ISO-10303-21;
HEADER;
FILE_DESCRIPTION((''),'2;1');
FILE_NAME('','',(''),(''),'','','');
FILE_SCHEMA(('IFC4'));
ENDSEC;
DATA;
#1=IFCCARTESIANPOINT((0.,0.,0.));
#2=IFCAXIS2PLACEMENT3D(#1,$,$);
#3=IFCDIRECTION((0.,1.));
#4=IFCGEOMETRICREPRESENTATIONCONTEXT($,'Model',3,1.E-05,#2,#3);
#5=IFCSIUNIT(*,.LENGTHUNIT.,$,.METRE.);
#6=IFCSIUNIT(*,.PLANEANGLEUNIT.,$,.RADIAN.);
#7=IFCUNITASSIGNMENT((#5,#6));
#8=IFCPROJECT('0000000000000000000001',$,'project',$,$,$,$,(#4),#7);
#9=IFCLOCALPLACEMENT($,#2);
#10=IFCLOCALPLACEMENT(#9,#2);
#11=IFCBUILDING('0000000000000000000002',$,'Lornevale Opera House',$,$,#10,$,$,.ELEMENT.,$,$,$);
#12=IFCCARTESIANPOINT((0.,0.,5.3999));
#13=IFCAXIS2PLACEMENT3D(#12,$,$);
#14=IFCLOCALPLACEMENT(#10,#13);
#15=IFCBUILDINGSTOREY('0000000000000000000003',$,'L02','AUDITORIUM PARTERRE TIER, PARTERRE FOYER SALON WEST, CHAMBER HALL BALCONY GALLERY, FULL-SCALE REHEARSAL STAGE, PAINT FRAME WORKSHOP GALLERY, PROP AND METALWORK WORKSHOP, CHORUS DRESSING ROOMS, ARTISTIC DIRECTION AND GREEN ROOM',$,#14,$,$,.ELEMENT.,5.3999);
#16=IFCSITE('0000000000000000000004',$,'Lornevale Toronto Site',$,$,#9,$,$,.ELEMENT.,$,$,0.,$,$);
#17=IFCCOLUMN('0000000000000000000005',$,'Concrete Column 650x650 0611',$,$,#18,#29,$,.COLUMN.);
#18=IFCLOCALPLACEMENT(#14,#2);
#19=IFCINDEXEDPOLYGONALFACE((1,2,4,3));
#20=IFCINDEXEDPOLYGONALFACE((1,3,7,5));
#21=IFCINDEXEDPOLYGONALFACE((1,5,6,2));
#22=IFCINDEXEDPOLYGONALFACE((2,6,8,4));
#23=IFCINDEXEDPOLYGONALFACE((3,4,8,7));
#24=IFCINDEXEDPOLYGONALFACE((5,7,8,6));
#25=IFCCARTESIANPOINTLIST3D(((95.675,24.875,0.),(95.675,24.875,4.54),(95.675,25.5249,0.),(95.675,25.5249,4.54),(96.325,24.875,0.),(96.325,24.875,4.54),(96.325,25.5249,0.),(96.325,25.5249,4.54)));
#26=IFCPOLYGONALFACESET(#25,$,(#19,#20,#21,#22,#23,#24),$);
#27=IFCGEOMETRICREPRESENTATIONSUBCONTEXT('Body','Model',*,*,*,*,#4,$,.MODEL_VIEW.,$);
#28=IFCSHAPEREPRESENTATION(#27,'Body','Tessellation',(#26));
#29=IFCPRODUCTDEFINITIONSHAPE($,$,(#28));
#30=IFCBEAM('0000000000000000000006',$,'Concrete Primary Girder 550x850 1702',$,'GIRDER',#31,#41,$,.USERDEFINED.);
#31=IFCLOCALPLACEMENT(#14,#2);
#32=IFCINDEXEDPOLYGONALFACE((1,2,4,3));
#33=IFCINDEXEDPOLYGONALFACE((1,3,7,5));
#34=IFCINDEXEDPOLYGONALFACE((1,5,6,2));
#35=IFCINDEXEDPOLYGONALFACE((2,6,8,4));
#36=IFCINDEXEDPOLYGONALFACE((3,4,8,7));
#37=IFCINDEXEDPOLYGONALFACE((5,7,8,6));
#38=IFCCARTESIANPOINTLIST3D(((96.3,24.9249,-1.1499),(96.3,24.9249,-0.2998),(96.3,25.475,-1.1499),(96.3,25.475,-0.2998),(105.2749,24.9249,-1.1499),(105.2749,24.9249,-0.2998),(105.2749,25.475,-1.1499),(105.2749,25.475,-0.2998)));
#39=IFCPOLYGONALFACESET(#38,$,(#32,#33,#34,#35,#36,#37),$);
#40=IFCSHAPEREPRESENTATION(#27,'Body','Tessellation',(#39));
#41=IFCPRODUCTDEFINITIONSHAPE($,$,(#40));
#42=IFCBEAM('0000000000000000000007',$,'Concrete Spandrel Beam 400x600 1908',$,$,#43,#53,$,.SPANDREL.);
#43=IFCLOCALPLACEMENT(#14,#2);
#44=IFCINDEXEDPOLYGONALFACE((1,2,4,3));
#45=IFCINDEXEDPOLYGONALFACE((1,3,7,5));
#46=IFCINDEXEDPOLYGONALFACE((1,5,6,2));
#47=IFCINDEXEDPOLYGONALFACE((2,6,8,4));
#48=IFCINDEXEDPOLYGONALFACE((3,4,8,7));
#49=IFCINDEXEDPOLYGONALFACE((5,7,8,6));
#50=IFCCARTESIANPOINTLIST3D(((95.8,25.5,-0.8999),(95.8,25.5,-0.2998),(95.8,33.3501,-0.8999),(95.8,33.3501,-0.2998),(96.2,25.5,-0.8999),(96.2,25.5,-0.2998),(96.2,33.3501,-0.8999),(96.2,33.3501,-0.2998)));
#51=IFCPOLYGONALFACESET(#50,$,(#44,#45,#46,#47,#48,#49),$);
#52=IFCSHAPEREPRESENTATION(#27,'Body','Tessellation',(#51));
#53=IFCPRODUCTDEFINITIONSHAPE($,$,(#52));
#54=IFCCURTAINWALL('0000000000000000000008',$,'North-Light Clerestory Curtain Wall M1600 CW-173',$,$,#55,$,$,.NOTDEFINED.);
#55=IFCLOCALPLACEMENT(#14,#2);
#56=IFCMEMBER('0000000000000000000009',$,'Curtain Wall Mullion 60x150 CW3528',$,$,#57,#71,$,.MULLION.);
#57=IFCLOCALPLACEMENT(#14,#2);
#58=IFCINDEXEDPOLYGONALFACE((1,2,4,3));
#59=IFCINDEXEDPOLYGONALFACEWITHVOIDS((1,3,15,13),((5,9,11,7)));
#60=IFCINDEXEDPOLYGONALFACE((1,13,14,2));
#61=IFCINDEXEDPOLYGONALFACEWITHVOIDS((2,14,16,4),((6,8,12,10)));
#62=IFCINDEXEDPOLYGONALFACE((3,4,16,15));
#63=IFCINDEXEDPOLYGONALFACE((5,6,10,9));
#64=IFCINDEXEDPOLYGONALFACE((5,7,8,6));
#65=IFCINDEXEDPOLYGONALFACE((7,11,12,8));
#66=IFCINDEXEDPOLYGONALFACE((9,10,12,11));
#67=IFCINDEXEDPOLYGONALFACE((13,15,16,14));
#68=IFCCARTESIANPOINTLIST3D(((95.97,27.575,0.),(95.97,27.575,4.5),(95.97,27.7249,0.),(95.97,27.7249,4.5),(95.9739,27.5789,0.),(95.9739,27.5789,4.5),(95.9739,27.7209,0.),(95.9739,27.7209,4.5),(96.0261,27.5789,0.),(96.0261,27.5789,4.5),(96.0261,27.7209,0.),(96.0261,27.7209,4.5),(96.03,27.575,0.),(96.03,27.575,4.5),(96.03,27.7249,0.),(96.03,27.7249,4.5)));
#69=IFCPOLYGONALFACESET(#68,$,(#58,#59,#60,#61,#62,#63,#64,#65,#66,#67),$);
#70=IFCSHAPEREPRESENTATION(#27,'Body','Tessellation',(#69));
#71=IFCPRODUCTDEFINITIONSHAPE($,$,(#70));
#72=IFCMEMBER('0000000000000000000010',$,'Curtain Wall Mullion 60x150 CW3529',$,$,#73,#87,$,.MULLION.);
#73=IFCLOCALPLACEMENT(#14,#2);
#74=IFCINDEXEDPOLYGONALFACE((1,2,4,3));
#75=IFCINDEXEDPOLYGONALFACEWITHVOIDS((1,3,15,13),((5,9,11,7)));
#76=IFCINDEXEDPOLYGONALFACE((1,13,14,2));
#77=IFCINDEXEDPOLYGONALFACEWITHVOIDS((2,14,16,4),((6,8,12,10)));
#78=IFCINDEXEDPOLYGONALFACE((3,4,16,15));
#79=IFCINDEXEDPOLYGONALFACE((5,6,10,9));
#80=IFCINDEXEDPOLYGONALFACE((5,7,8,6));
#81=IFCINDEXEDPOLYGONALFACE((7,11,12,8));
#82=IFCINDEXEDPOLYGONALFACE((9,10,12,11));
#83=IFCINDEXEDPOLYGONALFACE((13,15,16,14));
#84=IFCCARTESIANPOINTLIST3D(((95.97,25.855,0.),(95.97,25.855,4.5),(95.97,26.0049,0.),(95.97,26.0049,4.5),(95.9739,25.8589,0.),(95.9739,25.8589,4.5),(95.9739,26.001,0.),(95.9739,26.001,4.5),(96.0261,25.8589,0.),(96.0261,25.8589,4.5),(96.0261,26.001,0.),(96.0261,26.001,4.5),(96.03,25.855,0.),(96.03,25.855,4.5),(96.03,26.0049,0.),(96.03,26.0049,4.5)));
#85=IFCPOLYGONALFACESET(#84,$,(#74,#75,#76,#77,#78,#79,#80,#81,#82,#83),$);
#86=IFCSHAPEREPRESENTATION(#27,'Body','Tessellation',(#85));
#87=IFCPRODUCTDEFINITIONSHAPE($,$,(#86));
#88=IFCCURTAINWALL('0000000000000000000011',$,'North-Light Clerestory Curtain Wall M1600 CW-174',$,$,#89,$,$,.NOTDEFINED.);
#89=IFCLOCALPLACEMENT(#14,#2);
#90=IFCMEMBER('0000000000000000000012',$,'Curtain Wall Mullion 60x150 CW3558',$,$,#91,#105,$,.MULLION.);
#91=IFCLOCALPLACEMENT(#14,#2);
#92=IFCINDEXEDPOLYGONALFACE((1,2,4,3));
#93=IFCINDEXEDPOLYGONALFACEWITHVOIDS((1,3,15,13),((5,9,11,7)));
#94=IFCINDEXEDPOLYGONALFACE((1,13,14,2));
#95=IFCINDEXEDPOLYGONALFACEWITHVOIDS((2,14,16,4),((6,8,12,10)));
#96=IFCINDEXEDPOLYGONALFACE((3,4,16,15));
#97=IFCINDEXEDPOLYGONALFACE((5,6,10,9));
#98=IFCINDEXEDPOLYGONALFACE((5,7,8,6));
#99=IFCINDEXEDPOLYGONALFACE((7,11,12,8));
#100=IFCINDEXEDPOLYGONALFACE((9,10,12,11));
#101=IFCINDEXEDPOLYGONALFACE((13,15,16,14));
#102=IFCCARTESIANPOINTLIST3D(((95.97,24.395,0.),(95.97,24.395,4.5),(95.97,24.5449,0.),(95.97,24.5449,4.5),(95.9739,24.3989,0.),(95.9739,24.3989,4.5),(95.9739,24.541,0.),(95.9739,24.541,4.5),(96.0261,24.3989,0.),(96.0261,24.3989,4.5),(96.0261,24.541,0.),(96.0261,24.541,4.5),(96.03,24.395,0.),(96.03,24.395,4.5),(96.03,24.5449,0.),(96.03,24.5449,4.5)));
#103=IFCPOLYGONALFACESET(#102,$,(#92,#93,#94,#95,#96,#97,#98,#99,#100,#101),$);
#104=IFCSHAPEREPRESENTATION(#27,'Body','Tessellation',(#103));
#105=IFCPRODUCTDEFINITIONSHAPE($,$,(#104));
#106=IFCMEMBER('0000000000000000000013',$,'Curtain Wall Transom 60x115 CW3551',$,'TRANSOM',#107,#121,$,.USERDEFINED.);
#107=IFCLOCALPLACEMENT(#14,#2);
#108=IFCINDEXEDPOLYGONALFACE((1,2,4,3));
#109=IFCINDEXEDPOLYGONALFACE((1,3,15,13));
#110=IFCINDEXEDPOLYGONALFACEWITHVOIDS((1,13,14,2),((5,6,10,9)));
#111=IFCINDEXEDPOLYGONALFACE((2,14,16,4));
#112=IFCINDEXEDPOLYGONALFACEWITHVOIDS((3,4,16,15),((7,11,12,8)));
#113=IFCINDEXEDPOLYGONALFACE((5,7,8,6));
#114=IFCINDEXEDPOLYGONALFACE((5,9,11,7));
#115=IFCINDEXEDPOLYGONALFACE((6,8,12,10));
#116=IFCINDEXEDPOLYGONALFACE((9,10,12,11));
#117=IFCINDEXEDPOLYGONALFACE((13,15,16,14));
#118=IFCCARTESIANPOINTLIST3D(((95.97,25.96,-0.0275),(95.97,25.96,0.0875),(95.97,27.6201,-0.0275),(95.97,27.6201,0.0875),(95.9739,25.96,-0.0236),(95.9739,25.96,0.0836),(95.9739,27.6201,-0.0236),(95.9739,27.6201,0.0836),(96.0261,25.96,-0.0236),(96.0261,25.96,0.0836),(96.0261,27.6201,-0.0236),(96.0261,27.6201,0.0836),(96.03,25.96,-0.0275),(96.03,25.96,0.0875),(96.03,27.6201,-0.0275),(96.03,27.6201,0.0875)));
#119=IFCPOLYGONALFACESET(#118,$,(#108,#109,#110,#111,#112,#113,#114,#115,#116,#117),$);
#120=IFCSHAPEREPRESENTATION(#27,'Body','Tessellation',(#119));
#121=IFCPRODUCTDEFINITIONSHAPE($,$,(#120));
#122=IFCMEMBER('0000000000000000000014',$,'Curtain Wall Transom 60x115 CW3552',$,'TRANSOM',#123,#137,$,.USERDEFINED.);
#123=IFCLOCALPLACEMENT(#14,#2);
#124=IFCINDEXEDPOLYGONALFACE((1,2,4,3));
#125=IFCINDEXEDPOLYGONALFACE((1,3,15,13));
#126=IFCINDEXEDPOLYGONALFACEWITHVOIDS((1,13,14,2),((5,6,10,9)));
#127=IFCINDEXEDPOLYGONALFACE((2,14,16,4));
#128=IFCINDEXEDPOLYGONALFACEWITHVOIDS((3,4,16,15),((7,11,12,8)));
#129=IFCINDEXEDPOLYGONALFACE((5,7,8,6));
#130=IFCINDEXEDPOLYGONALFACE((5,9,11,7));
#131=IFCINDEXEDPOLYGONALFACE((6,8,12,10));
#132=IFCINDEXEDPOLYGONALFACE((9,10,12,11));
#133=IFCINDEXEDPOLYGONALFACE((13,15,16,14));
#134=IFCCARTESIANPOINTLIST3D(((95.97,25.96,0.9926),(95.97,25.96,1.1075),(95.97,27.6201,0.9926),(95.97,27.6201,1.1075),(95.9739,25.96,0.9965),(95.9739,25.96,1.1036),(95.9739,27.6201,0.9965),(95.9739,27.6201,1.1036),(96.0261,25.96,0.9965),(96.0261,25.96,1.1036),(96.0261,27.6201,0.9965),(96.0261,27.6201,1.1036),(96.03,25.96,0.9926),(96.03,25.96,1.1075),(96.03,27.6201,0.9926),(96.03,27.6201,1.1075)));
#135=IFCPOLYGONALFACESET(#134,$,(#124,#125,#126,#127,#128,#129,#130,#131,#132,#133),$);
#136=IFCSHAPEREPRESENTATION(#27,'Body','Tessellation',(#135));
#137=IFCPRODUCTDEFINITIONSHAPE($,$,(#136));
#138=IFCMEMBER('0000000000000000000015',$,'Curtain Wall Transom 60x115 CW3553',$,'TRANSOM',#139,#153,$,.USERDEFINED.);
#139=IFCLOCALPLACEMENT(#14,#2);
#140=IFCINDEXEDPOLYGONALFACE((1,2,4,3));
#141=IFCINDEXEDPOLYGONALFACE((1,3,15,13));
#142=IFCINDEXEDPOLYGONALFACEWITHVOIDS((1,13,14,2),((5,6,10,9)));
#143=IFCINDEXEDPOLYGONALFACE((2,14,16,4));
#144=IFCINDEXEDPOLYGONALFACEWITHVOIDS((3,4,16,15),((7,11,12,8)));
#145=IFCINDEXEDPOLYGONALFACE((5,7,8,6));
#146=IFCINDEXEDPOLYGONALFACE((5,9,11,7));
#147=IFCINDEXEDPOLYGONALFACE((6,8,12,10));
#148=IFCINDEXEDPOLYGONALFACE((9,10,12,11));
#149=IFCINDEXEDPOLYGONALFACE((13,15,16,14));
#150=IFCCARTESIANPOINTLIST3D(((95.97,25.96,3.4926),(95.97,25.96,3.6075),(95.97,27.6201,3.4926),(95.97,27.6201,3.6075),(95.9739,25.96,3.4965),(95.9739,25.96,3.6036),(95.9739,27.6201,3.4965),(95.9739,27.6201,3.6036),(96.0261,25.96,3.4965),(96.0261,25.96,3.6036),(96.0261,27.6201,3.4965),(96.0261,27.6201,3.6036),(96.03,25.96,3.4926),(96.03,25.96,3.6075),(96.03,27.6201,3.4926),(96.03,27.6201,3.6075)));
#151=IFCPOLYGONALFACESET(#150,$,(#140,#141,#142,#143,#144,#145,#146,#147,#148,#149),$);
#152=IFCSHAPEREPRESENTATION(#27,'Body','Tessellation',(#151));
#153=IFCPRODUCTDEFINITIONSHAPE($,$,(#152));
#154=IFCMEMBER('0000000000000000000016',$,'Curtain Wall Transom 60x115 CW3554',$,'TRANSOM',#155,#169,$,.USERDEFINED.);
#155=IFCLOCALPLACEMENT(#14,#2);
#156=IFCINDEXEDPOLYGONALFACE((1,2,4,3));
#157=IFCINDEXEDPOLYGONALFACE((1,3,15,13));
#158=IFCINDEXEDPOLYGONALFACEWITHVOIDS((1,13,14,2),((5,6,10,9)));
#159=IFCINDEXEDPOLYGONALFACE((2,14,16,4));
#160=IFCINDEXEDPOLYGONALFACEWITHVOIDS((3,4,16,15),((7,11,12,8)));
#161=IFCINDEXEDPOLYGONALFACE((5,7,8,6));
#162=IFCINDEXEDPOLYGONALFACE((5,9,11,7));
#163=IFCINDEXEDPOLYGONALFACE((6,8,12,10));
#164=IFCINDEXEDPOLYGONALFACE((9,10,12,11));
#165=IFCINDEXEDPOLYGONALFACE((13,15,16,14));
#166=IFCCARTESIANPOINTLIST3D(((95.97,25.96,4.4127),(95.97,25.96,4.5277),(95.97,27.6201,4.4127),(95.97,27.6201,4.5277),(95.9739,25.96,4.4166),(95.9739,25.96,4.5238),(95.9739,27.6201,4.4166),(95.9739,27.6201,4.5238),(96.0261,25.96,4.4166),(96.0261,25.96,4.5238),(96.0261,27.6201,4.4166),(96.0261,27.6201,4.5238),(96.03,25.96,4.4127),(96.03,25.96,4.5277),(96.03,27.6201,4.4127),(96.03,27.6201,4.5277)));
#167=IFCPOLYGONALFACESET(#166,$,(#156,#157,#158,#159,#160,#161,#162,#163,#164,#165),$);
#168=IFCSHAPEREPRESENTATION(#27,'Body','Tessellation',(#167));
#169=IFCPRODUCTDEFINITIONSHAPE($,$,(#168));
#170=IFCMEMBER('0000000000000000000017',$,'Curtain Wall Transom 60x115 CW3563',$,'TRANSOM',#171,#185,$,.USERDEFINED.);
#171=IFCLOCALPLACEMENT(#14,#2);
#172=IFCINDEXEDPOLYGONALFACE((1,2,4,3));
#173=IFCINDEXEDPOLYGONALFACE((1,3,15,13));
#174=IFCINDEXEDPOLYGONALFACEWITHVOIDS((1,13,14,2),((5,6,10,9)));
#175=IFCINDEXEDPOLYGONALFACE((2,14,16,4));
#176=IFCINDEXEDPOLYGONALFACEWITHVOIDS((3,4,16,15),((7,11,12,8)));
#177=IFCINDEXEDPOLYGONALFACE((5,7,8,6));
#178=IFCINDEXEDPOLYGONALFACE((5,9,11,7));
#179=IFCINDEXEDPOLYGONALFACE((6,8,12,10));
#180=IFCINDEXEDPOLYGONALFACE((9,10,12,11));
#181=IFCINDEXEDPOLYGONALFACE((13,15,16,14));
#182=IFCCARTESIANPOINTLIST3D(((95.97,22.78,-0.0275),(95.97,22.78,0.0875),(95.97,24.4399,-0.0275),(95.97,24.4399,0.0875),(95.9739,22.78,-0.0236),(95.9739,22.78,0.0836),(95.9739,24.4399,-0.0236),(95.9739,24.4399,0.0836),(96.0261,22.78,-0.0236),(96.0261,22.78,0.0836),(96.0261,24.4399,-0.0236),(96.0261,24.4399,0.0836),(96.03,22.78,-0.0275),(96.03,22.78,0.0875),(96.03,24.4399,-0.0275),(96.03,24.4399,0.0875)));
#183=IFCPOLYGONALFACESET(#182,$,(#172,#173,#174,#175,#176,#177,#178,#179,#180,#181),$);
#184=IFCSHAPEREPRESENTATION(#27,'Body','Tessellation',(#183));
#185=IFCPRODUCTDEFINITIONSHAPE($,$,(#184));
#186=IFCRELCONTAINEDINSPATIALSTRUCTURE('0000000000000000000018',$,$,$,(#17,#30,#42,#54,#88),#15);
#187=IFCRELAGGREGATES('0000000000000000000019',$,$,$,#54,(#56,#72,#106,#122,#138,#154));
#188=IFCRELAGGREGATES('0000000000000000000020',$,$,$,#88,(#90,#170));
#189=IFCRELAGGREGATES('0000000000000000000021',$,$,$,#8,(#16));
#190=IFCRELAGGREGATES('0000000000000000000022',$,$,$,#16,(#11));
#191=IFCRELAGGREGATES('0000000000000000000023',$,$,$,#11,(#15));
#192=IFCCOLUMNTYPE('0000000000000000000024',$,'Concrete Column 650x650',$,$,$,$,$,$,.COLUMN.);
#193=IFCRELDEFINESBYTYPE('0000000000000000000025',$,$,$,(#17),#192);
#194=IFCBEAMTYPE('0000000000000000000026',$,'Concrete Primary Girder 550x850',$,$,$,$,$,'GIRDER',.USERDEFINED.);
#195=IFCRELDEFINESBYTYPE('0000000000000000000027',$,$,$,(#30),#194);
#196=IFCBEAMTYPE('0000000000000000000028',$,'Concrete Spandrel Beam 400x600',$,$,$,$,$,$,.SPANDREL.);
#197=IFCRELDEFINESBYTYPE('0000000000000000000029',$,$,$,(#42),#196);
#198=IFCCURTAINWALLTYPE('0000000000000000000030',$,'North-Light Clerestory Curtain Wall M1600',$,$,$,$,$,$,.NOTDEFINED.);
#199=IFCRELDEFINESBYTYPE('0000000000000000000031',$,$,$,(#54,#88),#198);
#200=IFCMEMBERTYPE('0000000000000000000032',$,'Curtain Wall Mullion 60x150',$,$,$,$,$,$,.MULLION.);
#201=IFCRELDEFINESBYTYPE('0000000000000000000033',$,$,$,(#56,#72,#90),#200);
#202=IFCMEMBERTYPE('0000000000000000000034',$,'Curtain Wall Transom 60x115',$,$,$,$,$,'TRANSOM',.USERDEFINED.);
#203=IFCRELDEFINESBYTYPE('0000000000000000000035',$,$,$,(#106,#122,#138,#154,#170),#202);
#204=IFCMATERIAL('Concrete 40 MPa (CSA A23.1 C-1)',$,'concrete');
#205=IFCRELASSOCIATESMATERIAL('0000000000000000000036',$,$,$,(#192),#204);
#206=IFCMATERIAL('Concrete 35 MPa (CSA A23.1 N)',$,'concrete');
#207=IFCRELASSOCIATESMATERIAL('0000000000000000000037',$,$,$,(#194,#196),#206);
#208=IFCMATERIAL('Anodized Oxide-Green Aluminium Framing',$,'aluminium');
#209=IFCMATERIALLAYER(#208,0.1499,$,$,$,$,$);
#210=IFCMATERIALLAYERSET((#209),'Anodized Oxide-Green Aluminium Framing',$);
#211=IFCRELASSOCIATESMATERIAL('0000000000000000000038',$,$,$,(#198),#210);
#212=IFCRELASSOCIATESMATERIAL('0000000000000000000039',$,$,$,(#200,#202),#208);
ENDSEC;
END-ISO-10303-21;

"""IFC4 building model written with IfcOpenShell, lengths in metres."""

from ifc_helpers import new_model, si_unit, direction, frame, origin, origin_2d, place, context, subcontext, project, spatial, rectangle, hollow_rectangle, extrude, material, layer, layer_set, material_profile, profile_set, type_object, element, aggregate, save


model = new_model("IFC4")

# Units and contexts
model_context = context("Model", 3, precision=1e-05, world=origin(), true_north=direction((0.0, 1.0)))
body_context = subcontext(model_context, "Body", "Model", "MODEL_VIEW")
ifc_project = project(units=[si_unit("LENGTHUNIT", "METRE"), si_unit("PLANEANGLEUNIT", "RADIAN")], contexts=[model_context])

# Site, building, storey
site_placement = place(None, origin())
site = spatial("IfcSite", under=ifc_project, at=site_placement, Name="Lornevale Toronto Site", CompositionType="ELEMENT", RefElevation=0.0)
building_placement = place(site_placement, origin())
building = spatial("IfcBuilding", under=site, at=building_placement, Name="Lornevale Opera House", CompositionType="ELEMENT")
storey_placement = place(building_placement, frame((0.0, 0.0, 5.3999)))
storey = spatial("IfcBuildingStorey", under=building, at=storey_placement, Name="L02", Description="AUDITORIUM PARTERRE TIER, PARTERRE FOYER SALON WEST, CHAMBER HALL BALCONY GALLERY, FULL-SCALE REHEARSAL STAGE, PAINT FRAME WORKSHOP GALLERY, PROP AND METALWORK WORKSHOP, CHORUS DRESSING ROOMS, ARTISTIC DIRECTION AND GREEN ROOM", CompositionType="ELEMENT", Elevation=5.3999)

# Column
ifc_material_1 = material(Name="Concrete 40 MPa (CSA A23.1 C-1)", Category="concrete")
ifc_material_profile_1 = material_profile(ifc_material_1, rectangle(XDim=0.6499, YDim=0.6499, at=origin_2d()), Name="RC650x650")
ifc_profile_set_1 = profile_set([ifc_material_profile_1], Name="Concrete 40 MPa (CSA A23.1 C-1)")
column_type = type_object("IfcColumnType", Name="Concrete Column 650x650", PredefinedType="COLUMN", material=ifc_profile_set_1)
column_placement = place(storey_placement, frame((96.0, 25.2, 0.0), z_axis=(0.0, 0.0, 1.0), x_axis=(1.0, 0.0, 0.0)))
element("IfcColumn", 1, at=column_placement, inside=storey, type_object=column_type, Name="Concrete Column 650x650 0611", PredefinedType="COLUMN", context=body_context, shape_type="SweptSolid", body=[
    extrude(rectangle(XDim=0.6499, YDim=0.6499, at=origin_2d()), origin(), (0.0, 0.0, 1.0), 4.54),
])

# Beams
ifc_material_2 = material(Name="Concrete 35 MPa (CSA A23.1 N)", Category="concrete")
ifc_material_profile_2 = material_profile(ifc_material_2, rectangle(XDim=0.55, YDim=0.8501, at=origin_2d()), Name="RC550x850")
ifc_profile_set_2 = profile_set([ifc_material_profile_2], Name="Concrete 35 MPa (CSA A23.1 N)")
beam_type_1 = type_object("IfcBeamType", Name="Concrete Primary Girder 550x850", ElementType="GIRDER", PredefinedType="USERDEFINED", material=ifc_profile_set_2)
beam_1_placement = place(storey_placement, frame((96.3, 25.2, -0.7249), z_axis=(1.0, 0.0, 0.0), x_axis=(0.0, 1.0, 0.0)))
element("IfcBeam", 2, at=beam_1_placement, inside=storey, type_object=beam_type_1, Name="Concrete Primary Girder 550x850 1702", ObjectType="GIRDER", PredefinedType="USERDEFINED", context=body_context, shape_type="SweptSolid", body=[
    extrude(rectangle(XDim=0.55, YDim=0.8501, at=origin_2d()), origin(), (0.0, 0.0, 1.0), 8.9749),
])
ifc_material_profile_3 = material_profile(ifc_material_2, rectangle(XDim=0.3999, YDim=0.6001, at=origin_2d()), Name="RC400x600")
ifc_profile_set_3 = profile_set([ifc_material_profile_3], Name="Concrete 35 MPa (CSA A23.1 N)")
beam_type_2 = type_object("IfcBeamType", Name="Concrete Spandrel Beam 400x600", PredefinedType="SPANDREL", material=ifc_profile_set_3)
beam_2_placement = place(storey_placement, frame((96.0, 25.5, -0.5999), z_axis=(0.0, 1.0, 0.0), x_axis=(-1.0, 0.0, 0.0)))
element("IfcBeam", 3, at=beam_2_placement, inside=storey, type_object=beam_type_2, Name="Concrete Spandrel Beam 400x600 1908", PredefinedType="SPANDREL", context=body_context, shape_type="SweptSolid", body=[
    extrude(rectangle(XDim=0.3999, YDim=0.6001, at=origin_2d()), origin(), (0.0, 0.0, 1.0), 7.8501),
])

# Curtain wall, members
ifc_material_3 = material(Name="Anodized Oxide-Green Aluminium Framing", Category="aluminium")
ifc_layer_1 = layer(ifc_material_3, 0.1499)
ifc_layer_set_1 = layer_set([ifc_layer_1], Name="Anodized Oxide-Green Aluminium Framing")
curtain_wall_type = type_object("IfcCurtainWallType", Name="North-Light Clerestory Curtain Wall M1600", PredefinedType="NOTDEFINED", material=ifc_layer_set_1)
curtain_wall_1_placement = place(storey_placement, origin())
curtain_wall_1 = element("IfcCurtainWall", 4, at=curtain_wall_1_placement, inside=storey, type_object=curtain_wall_type, Name="North-Light Clerestory Curtain Wall M1600 CW-173", PredefinedType="NOTDEFINED")
ifc_material_profile_4 = material_profile(ifc_material_3, hollow_rectangle(XDim=0.0601, YDim=0.1499, WallThickness=0.0039, at=origin_2d()), Name="ALU60x150x4")
ifc_profile_set_4 = profile_set([ifc_material_profile_4], Name="Anodized Oxide-Green Aluminium Framing")
member_type_1 = type_object("IfcMemberType", Name="Curtain Wall Mullion 60x150", PredefinedType="MULLION", material=ifc_profile_set_4)
member_1_placement = place(storey_placement, frame((96.0, 27.6499, 0.0), z_axis=(0.0, 0.0, 1.0), x_axis=(1.0, 0.0, 0.0)))
member_1 = element("IfcMember", 5, at=member_1_placement, type_object=member_type_1, Name="Curtain Wall Mullion 60x150 CW3528", PredefinedType="MULLION", context=body_context, shape_type="SweptSolid", body=[
    extrude(hollow_rectangle(XDim=0.0601, YDim=0.1499, WallThickness=0.0039, at=origin_2d()), origin(), (0.0, 0.0, 1.0), 4.5),
])
member_2_placement = place(storey_placement, frame((96.0, 25.9299, 0.0), z_axis=(0.0, 0.0, 1.0), x_axis=(1.0, 0.0, 0.0)))
member_2 = element("IfcMember", 6, at=member_2_placement, type_object=member_type_1, Name="Curtain Wall Mullion 60x150 CW3529", PredefinedType="MULLION", context=body_context, shape_type="SweptSolid", body=[
    extrude(hollow_rectangle(XDim=0.0601, YDim=0.1499, WallThickness=0.0039, at=origin_2d()), origin(), (0.0, 0.0, 1.0), 4.5),
])

# Curtain wall, member
curtain_wall_2_placement = place(storey_placement, origin())
curtain_wall_2 = element("IfcCurtainWall", 7, at=curtain_wall_2_placement, inside=storey, type_object=curtain_wall_type, Name="North-Light Clerestory Curtain Wall M1600 CW-174", PredefinedType="NOTDEFINED")
member_3_placement = place(storey_placement, frame((96.0, 24.47, 0.0), z_axis=(0.0, 0.0, 1.0), x_axis=(1.0, 0.0, 0.0)))
member_3 = element("IfcMember", 8, at=member_3_placement, type_object=member_type_1, Name="Curtain Wall Mullion 60x150 CW3558", PredefinedType="MULLION", context=body_context, shape_type="SweptSolid", body=[
    extrude(hollow_rectangle(XDim=0.0601, YDim=0.1499, WallThickness=0.0039, at=origin_2d()), origin(), (0.0, 0.0, 1.0), 4.5),
])

# Members
ifc_material_profile_5 = material_profile(ifc_material_3, hollow_rectangle(XDim=0.0601, YDim=0.115, WallThickness=0.0039, at=origin_2d()), Name="ALU60x115x4")
ifc_profile_set_5 = profile_set([ifc_material_profile_5], Name="Anodized Oxide-Green Aluminium Framing")
member_type_2 = type_object("IfcMemberType", Name="Curtain Wall Transom 60x115", ElementType="TRANSOM", PredefinedType="USERDEFINED", material=ifc_profile_set_5)
member_4_placement = place(storey_placement, frame((96.0, 27.6201, 0.03), z_axis=(0.0, -1.0, 0.0), x_axis=(1.0, 0.0, 0.0)))
member_4 = element("IfcMember", 9, at=member_4_placement, type_object=member_type_2, Name="Curtain Wall Transom 60x115 CW3551", ObjectType="TRANSOM", PredefinedType="USERDEFINED", context=body_context, shape_type="SweptSolid", body=[
    extrude(hollow_rectangle(XDim=0.0601, YDim=0.115, WallThickness=0.0039, at=origin_2d()), origin(), (0.0, 0.0, 1.0), 1.6602),
])
member_5_placement = place(storey_placement, frame((96.0, 27.6201, 1.05), z_axis=(0.0, -1.0, 0.0), x_axis=(1.0, 0.0, 0.0)))
member_5 = element("IfcMember", 10, at=member_5_placement, type_object=member_type_2, Name="Curtain Wall Transom 60x115 CW3552", ObjectType="TRANSOM", PredefinedType="USERDEFINED", context=body_context, shape_type="SweptSolid", body=[
    extrude(hollow_rectangle(XDim=0.0601, YDim=0.115, WallThickness=0.0039, at=origin_2d()), origin(), (0.0, 0.0, 1.0), 1.6602),
])
member_6_placement = place(storey_placement, frame((96.0, 27.6201, 3.55), z_axis=(0.0, -1.0, 0.0), x_axis=(1.0, 0.0, 0.0)))
member_6 = element("IfcMember", 11, at=member_6_placement, type_object=member_type_2, Name="Curtain Wall Transom 60x115 CW3553", ObjectType="TRANSOM", PredefinedType="USERDEFINED", context=body_context, shape_type="SweptSolid", body=[
    extrude(hollow_rectangle(XDim=0.0601, YDim=0.115, WallThickness=0.0039, at=origin_2d()), origin(), (0.0, 0.0, 1.0), 1.6602),
])
member_7_placement = place(storey_placement, frame((96.0, 27.6201, 4.4702), z_axis=(0.0, -1.0, 0.0), x_axis=(1.0, 0.0, 0.0)))
member_7 = element("IfcMember", 12, at=member_7_placement, type_object=member_type_2, Name="Curtain Wall Transom 60x115 CW3554", ObjectType="TRANSOM", PredefinedType="USERDEFINED", context=body_context, shape_type="SweptSolid", body=[
    extrude(hollow_rectangle(XDim=0.0601, YDim=0.115, WallThickness=0.0039, at=origin_2d()), origin(), (0.0, 0.0, 1.0), 1.6602),
])
member_8_placement = place(storey_placement, frame((96.0, 24.4399, 0.03), z_axis=(0.0, -1.0, 0.0), x_axis=(1.0, 0.0, 0.0)))
member_8 = element("IfcMember", 13, at=member_8_placement, type_object=member_type_2, Name="Curtain Wall Transom 60x115 CW3563", ObjectType="TRANSOM", PredefinedType="USERDEFINED", context=body_context, shape_type="SweptSolid", body=[
    extrude(hollow_rectangle(XDim=0.0601, YDim=0.115, WallThickness=0.0039, at=origin_2d()), origin(), (0.0, 0.0, 1.0), 1.6599),
])

aggregate(curtain_wall_1, [member_1, member_2, member_4, member_5, member_6, member_7])
aggregate(curtain_wall_2, [member_3, member_8])

save(model, "model.ifc")
